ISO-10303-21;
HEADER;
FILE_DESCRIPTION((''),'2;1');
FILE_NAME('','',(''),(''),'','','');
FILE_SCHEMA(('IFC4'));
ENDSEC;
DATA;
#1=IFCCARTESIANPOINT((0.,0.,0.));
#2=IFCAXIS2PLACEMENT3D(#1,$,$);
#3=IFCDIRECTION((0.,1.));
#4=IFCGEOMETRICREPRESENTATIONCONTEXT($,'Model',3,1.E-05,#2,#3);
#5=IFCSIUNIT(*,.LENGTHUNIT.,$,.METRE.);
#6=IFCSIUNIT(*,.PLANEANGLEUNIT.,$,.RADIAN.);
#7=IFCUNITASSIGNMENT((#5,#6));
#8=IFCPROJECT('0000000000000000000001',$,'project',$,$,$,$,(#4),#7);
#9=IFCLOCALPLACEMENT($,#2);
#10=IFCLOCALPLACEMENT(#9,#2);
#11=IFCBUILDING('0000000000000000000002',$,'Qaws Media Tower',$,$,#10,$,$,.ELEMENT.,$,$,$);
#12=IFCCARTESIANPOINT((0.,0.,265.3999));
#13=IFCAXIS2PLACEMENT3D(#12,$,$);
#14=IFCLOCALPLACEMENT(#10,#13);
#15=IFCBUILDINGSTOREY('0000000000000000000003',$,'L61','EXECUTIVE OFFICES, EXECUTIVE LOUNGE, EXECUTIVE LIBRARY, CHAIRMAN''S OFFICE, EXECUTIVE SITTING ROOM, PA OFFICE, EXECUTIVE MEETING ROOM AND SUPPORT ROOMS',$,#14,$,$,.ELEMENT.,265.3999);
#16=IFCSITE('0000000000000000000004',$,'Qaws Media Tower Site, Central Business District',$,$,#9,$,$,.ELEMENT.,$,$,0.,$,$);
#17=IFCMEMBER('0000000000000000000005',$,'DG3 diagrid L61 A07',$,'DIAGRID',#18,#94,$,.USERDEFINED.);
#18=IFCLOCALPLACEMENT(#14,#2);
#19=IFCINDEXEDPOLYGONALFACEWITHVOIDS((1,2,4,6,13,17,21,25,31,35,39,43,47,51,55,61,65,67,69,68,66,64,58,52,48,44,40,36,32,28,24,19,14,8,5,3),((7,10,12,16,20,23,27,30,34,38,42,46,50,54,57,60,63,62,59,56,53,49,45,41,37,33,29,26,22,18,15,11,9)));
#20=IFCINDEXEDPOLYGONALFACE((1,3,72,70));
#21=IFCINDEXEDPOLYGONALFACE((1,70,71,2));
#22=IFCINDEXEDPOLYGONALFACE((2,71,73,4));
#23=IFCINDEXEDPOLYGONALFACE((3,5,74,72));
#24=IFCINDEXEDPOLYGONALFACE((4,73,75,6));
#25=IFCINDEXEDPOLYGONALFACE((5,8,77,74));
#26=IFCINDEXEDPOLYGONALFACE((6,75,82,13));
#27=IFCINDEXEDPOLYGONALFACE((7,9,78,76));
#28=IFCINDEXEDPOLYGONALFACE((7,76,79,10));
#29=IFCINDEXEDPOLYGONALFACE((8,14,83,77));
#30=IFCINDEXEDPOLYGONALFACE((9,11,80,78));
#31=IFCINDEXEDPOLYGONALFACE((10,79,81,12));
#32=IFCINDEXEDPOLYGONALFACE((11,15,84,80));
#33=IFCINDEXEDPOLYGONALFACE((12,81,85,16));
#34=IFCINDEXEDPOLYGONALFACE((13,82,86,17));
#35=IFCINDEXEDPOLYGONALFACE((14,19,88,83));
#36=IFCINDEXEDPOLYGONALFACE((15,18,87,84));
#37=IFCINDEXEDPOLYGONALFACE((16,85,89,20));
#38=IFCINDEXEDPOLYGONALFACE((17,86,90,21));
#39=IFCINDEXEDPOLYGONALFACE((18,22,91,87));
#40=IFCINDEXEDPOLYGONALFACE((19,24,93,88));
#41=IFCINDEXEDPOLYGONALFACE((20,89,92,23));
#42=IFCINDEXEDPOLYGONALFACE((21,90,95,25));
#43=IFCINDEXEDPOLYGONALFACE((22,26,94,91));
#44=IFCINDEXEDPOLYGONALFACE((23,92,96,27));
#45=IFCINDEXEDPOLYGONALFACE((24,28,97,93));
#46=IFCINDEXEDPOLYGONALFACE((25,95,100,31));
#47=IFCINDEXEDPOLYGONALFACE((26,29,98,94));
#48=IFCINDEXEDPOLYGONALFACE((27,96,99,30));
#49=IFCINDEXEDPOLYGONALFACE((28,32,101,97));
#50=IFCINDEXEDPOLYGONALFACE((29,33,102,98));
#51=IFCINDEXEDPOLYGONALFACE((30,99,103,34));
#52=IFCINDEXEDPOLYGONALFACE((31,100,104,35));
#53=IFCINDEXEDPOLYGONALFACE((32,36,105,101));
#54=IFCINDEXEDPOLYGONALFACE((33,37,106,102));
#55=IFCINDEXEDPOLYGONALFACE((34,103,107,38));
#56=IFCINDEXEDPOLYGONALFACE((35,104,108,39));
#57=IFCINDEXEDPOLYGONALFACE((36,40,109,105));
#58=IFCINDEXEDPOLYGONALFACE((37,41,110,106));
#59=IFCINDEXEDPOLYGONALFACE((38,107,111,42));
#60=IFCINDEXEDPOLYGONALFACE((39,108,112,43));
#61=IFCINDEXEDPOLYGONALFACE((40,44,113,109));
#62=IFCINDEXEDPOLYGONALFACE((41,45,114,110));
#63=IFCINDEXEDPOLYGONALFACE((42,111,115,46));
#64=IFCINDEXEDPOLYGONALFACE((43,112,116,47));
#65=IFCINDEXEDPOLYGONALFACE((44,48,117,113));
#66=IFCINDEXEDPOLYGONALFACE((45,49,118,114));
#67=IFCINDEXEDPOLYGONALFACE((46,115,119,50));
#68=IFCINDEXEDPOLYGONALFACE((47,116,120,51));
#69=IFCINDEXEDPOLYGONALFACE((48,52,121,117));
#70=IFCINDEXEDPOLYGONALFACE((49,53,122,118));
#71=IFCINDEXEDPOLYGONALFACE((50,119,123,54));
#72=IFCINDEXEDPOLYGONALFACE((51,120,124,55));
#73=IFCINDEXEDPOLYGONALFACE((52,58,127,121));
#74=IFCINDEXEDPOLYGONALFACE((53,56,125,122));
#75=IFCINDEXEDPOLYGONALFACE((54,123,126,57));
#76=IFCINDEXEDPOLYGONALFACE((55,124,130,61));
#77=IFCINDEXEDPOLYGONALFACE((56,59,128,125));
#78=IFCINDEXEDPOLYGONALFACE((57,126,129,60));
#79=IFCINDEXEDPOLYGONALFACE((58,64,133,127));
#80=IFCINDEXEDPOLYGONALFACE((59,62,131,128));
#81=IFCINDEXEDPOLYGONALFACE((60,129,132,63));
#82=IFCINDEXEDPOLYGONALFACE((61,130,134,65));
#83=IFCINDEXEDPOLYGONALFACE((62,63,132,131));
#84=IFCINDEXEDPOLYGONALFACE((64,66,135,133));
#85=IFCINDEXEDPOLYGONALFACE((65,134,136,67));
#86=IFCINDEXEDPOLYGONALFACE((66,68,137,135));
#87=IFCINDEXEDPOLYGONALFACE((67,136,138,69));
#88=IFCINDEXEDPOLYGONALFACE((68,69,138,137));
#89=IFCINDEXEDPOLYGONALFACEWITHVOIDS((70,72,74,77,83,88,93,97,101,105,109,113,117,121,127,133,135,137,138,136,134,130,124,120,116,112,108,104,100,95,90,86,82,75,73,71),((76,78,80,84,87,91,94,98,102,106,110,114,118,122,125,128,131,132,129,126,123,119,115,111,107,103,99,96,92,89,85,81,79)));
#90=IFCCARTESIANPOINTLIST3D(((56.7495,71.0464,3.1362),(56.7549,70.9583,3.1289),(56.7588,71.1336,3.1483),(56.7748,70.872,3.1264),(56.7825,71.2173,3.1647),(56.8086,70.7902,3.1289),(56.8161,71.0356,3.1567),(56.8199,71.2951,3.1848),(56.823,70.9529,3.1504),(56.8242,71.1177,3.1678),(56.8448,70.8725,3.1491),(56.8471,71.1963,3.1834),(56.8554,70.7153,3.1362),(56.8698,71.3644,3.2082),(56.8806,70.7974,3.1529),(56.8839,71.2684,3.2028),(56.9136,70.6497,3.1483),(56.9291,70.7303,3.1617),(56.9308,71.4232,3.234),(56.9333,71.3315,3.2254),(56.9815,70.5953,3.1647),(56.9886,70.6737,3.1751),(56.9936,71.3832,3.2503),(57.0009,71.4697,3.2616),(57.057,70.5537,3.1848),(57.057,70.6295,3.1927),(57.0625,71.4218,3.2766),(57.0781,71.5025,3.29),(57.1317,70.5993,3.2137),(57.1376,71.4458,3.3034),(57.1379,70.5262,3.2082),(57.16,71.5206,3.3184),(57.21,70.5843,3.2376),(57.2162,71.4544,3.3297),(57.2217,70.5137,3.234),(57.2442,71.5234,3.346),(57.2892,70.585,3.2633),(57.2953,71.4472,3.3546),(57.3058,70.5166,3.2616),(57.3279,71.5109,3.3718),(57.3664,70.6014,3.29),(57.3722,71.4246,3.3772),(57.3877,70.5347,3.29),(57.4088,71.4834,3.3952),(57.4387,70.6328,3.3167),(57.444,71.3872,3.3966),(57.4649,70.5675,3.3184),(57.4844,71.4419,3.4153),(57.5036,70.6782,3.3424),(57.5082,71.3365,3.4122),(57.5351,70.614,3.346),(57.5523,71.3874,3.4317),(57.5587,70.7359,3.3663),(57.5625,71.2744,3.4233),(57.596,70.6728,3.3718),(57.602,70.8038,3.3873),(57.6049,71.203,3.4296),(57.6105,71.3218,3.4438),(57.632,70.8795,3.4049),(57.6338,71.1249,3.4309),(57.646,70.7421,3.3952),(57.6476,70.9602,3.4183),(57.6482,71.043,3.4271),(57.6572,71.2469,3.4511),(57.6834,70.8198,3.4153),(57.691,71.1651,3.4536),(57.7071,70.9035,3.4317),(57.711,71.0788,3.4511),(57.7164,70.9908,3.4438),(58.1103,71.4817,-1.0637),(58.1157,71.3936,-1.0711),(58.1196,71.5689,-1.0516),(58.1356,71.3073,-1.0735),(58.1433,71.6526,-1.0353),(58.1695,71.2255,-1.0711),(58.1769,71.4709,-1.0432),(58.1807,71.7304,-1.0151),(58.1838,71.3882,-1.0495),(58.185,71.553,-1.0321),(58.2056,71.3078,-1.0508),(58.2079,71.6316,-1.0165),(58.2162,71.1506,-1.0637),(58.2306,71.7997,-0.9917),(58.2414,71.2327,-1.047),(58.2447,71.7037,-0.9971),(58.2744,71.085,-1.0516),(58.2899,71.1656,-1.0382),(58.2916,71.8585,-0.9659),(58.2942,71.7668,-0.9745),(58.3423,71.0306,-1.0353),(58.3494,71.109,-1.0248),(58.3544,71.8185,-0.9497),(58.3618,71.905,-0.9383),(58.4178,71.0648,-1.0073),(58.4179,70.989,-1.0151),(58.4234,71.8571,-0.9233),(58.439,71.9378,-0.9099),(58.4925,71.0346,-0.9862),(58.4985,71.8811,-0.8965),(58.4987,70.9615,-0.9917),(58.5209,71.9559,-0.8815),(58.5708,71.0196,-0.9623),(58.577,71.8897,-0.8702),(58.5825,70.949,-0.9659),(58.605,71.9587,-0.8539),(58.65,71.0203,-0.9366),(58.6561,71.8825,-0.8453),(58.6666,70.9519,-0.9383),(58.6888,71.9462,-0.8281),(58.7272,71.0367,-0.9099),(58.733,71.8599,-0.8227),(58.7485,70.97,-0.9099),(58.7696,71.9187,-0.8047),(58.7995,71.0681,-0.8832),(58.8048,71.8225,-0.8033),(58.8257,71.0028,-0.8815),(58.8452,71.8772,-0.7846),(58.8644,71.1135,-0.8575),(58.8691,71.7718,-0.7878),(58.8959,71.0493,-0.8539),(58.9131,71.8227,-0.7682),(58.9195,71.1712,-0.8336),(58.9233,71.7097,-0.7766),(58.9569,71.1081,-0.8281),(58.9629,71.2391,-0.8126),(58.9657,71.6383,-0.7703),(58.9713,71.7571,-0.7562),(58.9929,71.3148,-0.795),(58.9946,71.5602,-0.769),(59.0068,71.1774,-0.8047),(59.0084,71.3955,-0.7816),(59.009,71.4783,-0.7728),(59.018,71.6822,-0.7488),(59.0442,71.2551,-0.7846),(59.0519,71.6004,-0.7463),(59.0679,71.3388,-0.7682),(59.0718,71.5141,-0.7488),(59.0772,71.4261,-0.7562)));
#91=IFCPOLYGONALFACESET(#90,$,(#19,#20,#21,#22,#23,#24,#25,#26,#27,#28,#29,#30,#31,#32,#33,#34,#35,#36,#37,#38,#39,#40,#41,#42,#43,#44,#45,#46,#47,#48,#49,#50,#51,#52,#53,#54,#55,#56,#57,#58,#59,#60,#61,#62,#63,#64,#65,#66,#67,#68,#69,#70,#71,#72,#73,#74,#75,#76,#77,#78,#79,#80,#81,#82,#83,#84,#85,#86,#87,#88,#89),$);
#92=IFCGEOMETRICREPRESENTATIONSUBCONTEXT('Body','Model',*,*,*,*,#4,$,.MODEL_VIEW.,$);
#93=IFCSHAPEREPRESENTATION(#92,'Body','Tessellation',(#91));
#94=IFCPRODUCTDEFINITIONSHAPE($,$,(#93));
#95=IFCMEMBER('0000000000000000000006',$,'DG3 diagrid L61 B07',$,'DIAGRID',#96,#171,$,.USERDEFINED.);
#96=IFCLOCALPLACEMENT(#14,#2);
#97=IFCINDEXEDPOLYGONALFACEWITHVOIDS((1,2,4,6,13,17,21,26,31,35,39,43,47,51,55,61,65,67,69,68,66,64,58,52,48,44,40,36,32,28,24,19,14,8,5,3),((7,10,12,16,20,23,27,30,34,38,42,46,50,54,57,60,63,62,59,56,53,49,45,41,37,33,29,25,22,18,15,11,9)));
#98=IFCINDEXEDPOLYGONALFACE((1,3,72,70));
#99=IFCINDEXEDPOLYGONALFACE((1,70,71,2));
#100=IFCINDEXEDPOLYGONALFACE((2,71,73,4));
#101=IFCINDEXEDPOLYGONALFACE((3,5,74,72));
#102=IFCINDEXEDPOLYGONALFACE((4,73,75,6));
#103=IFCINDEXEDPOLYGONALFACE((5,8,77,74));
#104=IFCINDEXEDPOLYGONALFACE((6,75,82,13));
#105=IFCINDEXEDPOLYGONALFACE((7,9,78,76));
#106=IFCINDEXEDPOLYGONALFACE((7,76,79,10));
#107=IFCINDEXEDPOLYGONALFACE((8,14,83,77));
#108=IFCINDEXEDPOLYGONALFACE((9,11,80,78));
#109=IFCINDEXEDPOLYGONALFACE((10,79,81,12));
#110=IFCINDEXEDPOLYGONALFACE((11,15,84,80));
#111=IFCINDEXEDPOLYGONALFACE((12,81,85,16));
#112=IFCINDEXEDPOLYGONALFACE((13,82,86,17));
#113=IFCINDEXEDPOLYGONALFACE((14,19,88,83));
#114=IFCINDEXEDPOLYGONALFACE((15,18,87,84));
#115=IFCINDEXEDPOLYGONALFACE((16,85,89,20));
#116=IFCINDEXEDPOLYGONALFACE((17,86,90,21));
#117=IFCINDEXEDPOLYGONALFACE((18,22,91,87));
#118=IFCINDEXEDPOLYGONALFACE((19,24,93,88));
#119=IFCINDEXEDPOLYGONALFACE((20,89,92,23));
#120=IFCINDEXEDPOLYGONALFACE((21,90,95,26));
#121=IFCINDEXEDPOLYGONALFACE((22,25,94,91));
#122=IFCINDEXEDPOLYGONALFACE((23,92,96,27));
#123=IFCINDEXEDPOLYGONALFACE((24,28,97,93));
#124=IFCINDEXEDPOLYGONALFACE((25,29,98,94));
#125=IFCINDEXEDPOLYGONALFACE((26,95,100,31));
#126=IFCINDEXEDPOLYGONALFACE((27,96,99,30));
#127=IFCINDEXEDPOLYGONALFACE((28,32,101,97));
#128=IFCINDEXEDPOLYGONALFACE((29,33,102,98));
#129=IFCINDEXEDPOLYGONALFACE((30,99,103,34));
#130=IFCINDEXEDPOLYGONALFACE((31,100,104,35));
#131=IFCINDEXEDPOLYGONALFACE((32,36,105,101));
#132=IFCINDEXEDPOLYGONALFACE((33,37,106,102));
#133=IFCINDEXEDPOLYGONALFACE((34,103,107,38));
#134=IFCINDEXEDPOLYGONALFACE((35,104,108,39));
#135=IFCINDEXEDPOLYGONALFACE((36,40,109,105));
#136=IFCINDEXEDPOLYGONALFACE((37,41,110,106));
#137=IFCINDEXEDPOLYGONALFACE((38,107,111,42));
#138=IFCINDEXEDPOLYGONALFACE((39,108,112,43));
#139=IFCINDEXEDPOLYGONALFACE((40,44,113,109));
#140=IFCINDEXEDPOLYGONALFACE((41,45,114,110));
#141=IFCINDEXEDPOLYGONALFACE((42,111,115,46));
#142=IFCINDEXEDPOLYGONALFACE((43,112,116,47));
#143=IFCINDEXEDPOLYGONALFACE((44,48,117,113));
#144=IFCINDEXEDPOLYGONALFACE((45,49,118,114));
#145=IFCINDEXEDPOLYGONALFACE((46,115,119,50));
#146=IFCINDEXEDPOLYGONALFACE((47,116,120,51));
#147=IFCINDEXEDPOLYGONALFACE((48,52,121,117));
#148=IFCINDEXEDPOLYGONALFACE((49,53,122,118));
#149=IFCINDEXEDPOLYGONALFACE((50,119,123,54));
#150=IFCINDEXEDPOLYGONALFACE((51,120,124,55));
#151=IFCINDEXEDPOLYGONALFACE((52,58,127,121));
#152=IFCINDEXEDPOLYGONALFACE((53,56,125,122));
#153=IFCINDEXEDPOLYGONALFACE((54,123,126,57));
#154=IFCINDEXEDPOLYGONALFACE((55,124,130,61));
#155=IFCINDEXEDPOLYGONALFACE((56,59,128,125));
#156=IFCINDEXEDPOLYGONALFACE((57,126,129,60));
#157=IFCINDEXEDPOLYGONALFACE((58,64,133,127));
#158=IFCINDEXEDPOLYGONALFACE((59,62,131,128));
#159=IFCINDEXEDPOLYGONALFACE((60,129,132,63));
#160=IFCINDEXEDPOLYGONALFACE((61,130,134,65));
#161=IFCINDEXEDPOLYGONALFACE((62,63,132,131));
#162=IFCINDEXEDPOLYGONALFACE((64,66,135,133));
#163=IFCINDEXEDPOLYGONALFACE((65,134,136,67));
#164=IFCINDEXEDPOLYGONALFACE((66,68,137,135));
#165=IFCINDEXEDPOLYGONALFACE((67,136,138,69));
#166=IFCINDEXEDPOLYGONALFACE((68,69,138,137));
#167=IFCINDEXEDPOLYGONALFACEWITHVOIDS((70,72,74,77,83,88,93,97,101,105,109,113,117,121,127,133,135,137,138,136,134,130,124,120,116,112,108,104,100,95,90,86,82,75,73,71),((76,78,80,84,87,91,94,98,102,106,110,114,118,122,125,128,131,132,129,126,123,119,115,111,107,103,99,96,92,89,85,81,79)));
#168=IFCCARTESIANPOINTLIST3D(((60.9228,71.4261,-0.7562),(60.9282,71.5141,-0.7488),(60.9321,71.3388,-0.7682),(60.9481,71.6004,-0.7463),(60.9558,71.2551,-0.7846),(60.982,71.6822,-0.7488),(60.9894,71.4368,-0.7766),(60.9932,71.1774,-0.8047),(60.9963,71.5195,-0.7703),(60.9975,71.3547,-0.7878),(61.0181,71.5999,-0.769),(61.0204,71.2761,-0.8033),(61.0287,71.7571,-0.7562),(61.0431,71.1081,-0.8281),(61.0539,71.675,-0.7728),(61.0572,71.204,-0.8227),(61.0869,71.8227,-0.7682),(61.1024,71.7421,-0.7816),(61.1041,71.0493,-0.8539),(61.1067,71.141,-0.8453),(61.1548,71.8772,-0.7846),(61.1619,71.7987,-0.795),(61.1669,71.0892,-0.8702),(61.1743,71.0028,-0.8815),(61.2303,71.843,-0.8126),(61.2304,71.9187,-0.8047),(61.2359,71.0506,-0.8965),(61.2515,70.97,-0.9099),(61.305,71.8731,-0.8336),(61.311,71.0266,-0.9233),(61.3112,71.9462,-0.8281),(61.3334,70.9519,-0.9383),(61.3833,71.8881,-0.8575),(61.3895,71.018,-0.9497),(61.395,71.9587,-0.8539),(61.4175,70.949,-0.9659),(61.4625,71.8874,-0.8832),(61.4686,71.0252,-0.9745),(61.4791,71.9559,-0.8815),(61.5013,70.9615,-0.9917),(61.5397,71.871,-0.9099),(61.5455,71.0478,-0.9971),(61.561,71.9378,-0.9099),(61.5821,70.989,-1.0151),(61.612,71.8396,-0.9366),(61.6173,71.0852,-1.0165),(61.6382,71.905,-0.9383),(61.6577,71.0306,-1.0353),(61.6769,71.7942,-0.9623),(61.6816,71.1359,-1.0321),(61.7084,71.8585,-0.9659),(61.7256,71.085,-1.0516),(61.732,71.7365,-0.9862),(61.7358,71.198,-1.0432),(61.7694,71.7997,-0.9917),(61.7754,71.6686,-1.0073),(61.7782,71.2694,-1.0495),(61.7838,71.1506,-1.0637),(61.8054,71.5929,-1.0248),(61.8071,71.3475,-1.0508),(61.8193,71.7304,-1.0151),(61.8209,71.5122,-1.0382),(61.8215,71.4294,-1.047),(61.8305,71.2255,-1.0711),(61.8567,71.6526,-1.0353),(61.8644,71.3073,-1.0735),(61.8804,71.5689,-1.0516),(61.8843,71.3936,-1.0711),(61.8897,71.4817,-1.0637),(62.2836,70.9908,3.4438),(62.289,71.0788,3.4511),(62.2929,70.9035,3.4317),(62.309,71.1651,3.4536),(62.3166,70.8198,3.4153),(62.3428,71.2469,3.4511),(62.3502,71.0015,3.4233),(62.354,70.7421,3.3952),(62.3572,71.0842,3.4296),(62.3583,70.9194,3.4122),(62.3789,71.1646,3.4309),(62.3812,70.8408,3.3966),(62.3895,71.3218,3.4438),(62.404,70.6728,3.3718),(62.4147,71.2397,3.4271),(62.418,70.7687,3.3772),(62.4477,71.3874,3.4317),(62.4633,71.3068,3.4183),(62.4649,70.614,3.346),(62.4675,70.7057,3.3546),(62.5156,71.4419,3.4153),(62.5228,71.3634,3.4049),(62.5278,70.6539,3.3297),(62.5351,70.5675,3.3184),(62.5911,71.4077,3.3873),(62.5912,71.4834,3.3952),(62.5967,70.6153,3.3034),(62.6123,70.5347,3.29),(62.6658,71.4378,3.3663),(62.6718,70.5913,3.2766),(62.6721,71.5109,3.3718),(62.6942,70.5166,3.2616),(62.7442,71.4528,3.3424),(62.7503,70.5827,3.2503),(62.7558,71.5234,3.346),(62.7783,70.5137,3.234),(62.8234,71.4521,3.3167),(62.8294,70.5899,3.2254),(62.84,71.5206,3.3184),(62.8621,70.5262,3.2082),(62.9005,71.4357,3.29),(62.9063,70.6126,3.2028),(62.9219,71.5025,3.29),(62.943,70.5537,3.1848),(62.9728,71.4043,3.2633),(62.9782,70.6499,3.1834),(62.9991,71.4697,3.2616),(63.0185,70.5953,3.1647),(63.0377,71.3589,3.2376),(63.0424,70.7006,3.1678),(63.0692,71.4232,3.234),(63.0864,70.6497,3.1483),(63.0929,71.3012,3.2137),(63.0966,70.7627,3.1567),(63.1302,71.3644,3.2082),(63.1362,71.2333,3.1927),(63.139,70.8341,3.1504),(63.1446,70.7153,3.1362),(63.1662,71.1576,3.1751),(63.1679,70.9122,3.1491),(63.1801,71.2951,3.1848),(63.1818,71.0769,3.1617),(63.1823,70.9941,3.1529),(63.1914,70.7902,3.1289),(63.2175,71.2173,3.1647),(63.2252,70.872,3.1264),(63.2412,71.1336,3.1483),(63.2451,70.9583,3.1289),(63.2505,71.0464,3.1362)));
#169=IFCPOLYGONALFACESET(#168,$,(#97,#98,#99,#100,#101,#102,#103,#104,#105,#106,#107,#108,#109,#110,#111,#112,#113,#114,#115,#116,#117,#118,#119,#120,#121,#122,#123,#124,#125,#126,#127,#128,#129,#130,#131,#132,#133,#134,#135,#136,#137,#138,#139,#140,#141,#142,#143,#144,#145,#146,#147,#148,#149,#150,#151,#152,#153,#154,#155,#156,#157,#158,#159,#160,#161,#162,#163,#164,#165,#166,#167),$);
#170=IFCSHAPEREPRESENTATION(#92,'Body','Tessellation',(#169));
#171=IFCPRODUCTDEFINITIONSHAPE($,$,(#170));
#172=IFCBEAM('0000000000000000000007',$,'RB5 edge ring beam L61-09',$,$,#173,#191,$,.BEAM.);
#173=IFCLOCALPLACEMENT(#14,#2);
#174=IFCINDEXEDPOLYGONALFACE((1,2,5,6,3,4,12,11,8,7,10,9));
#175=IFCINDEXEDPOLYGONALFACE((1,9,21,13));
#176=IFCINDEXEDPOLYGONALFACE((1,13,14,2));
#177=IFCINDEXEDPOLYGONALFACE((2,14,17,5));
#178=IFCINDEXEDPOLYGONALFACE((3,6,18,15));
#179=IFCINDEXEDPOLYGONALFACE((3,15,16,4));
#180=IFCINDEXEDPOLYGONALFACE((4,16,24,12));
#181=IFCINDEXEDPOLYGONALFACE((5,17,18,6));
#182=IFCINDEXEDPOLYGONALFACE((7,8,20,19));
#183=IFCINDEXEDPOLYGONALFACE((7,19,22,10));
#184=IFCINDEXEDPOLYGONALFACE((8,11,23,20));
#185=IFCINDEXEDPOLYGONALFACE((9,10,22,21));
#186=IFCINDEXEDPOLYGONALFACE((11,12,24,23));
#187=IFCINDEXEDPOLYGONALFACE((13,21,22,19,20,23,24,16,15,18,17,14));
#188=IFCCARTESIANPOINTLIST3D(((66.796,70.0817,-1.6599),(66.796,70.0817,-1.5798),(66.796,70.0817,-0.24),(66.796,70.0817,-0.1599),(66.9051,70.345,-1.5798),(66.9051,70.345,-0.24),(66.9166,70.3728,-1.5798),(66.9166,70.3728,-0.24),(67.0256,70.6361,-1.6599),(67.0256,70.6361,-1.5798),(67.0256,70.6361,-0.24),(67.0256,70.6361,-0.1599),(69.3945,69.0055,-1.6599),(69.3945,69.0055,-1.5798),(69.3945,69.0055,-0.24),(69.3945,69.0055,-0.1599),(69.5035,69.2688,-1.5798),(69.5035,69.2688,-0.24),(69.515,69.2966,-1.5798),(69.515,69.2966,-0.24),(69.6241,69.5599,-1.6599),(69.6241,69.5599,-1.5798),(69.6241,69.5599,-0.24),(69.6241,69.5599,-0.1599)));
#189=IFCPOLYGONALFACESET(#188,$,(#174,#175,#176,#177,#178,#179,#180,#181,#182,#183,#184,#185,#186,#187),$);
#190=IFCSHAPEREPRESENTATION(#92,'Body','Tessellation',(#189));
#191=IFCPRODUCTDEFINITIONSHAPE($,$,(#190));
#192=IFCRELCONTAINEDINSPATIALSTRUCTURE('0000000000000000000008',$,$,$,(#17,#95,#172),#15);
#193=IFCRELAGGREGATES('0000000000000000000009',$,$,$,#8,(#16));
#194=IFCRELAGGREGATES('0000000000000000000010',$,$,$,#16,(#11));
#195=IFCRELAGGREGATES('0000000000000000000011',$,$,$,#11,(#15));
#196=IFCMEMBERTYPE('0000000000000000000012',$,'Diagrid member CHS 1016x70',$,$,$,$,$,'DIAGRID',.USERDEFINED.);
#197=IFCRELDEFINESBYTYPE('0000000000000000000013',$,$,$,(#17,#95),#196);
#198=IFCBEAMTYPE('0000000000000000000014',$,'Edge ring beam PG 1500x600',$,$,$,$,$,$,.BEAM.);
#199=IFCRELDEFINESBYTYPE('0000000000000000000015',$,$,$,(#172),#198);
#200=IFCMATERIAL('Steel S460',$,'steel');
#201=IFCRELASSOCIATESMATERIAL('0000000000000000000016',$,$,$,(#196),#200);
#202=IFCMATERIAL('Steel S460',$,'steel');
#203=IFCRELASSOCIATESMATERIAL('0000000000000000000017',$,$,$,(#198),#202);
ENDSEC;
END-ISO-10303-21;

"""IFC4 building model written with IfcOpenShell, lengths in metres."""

from ifc_helpers import new_model, si_unit, direction, frame, origin, origin_2d, place, context, subcontext, project, spatial, hollow_circle, i_section, extrude, material, material_profile, profile_set, type_object, element, save


model = new_model("IFC4")

# Units and contexts
model_context = context("Model", 3, precision=1e-05, world=origin(), true_north=direction((0.0, 1.0)))
body_context = subcontext(model_context, "Body", "Model", "MODEL_VIEW")
ifc_project = project(units=[si_unit("LENGTHUNIT", "METRE"), si_unit("PLANEANGLEUNIT", "RADIAN")], contexts=[model_context])

# Site, building, storey
site_placement = place(None, origin())
site = spatial("IfcSite", under=ifc_project, at=site_placement, Name="Qaws Media Tower Site, Central Business District", CompositionType="ELEMENT", RefElevation=0.0)
building_placement = place(site_placement, origin())
building = spatial("IfcBuilding", under=site, at=building_placement, Name="Qaws Media Tower", CompositionType="ELEMENT")
storey_placement = place(building_placement, frame((0.0, 0.0, 265.3999)))
storey = spatial("IfcBuildingStorey", under=building, at=storey_placement, Name="L61", Description="EXECUTIVE OFFICES, EXECUTIVE LOUNGE, EXECUTIVE LIBRARY, CHAIRMAN'S OFFICE, EXECUTIVE SITTING ROOM, PA OFFICE, EXECUTIVE MEETING ROOM AND SUPPORT ROOMS", CompositionType="ELEMENT", Elevation=265.3999)

# Members
ifc_material_1 = material(Name="Steel S460", Category="steel")
ifc_material_profile_1 = material_profile(ifc_material_1, hollow_circle(Radius=0.5081, WallThickness=0.0701, at=origin_2d()), Name="CHS 1016x70")
ifc_profile_set_1 = profile_set([ifc_material_profile_1], Name="Steel S460")
member_type_1 = type_object("IfcMemberType", Name="Diagrid member CHS 1016x70", ElementType="DIAGRID", PredefinedType="USERDEFINED", material=ifc_profile_set_1)
for number, where, z_axis, x_axis, name in (
    (1, (58.5938, 71.4539, -0.9099), (-0.306749, -0.098122, 0.946719), (0.30467, -0.952458, 0.0), "DG3 diagrid L61 A07"),
    (2, (61.4062, 71.4539, -0.9099), (0.306749, -0.098122, 0.946719), (0.30467, 0.952458, 0.0), "DG3 diagrid L61 B07"),
):
    element("IfcMember", number, at=place(storey_placement, frame(where, z_axis=z_axis, x_axis=x_axis)), inside=storey, type_object=member_type_1, Name=name, ObjectType="DIAGRID", PredefinedType="USERDEFINED", context=body_context, shape_type="SweptSolid", body=[
        extrude(hollow_circle(Radius=0.5081, WallThickness=0.0701, at=origin_2d()), origin(), (0.0, 0.0, 1.0), 4.4363),
    ])

# Beam
ifc_material_2 = material(Name="Steel S460", Category="steel")
ifc_material_profile_2 = material_profile(ifc_material_2, i_section(OverallWidth=0.6001, OverallDepth=1.5, WebThickness=0.03, FlangeThickness=0.0801, at=origin_2d()), Name="PG 1500x600")
ifc_profile_set_2 = profile_set([ifc_material_profile_2], Name="Steel S460")
beam_type_1 = type_object("IfcBeamType", Name="Edge ring beam PG 1500x600", PredefinedType="BEAM", material=ifc_profile_set_2)
for number, where, z_axis, x_axis, name in (
    (3, (69.5093, 69.2827, -0.9099), (-0.923894, 0.382648, 0.0), (-0.382648, -0.923894, 0.0), "RB5 edge ring beam L61-09"),
):
    element("IfcBeam", number, at=place(storey_placement, frame(where, z_axis=z_axis, x_axis=x_axis)), inside=storey, type_object=beam_type_1, Name=name, PredefinedType="BEAM", context=body_context, shape_type="SweptSolid", body=[
        extrude(i_section(OverallWidth=0.6001, OverallDepth=1.5, WebThickness=0.03, FlangeThickness=0.0801, at=origin_2d()), origin(), (0.0, 0.0, 1.0), 2.8125),
    ])

save(model, "model.ifc")
